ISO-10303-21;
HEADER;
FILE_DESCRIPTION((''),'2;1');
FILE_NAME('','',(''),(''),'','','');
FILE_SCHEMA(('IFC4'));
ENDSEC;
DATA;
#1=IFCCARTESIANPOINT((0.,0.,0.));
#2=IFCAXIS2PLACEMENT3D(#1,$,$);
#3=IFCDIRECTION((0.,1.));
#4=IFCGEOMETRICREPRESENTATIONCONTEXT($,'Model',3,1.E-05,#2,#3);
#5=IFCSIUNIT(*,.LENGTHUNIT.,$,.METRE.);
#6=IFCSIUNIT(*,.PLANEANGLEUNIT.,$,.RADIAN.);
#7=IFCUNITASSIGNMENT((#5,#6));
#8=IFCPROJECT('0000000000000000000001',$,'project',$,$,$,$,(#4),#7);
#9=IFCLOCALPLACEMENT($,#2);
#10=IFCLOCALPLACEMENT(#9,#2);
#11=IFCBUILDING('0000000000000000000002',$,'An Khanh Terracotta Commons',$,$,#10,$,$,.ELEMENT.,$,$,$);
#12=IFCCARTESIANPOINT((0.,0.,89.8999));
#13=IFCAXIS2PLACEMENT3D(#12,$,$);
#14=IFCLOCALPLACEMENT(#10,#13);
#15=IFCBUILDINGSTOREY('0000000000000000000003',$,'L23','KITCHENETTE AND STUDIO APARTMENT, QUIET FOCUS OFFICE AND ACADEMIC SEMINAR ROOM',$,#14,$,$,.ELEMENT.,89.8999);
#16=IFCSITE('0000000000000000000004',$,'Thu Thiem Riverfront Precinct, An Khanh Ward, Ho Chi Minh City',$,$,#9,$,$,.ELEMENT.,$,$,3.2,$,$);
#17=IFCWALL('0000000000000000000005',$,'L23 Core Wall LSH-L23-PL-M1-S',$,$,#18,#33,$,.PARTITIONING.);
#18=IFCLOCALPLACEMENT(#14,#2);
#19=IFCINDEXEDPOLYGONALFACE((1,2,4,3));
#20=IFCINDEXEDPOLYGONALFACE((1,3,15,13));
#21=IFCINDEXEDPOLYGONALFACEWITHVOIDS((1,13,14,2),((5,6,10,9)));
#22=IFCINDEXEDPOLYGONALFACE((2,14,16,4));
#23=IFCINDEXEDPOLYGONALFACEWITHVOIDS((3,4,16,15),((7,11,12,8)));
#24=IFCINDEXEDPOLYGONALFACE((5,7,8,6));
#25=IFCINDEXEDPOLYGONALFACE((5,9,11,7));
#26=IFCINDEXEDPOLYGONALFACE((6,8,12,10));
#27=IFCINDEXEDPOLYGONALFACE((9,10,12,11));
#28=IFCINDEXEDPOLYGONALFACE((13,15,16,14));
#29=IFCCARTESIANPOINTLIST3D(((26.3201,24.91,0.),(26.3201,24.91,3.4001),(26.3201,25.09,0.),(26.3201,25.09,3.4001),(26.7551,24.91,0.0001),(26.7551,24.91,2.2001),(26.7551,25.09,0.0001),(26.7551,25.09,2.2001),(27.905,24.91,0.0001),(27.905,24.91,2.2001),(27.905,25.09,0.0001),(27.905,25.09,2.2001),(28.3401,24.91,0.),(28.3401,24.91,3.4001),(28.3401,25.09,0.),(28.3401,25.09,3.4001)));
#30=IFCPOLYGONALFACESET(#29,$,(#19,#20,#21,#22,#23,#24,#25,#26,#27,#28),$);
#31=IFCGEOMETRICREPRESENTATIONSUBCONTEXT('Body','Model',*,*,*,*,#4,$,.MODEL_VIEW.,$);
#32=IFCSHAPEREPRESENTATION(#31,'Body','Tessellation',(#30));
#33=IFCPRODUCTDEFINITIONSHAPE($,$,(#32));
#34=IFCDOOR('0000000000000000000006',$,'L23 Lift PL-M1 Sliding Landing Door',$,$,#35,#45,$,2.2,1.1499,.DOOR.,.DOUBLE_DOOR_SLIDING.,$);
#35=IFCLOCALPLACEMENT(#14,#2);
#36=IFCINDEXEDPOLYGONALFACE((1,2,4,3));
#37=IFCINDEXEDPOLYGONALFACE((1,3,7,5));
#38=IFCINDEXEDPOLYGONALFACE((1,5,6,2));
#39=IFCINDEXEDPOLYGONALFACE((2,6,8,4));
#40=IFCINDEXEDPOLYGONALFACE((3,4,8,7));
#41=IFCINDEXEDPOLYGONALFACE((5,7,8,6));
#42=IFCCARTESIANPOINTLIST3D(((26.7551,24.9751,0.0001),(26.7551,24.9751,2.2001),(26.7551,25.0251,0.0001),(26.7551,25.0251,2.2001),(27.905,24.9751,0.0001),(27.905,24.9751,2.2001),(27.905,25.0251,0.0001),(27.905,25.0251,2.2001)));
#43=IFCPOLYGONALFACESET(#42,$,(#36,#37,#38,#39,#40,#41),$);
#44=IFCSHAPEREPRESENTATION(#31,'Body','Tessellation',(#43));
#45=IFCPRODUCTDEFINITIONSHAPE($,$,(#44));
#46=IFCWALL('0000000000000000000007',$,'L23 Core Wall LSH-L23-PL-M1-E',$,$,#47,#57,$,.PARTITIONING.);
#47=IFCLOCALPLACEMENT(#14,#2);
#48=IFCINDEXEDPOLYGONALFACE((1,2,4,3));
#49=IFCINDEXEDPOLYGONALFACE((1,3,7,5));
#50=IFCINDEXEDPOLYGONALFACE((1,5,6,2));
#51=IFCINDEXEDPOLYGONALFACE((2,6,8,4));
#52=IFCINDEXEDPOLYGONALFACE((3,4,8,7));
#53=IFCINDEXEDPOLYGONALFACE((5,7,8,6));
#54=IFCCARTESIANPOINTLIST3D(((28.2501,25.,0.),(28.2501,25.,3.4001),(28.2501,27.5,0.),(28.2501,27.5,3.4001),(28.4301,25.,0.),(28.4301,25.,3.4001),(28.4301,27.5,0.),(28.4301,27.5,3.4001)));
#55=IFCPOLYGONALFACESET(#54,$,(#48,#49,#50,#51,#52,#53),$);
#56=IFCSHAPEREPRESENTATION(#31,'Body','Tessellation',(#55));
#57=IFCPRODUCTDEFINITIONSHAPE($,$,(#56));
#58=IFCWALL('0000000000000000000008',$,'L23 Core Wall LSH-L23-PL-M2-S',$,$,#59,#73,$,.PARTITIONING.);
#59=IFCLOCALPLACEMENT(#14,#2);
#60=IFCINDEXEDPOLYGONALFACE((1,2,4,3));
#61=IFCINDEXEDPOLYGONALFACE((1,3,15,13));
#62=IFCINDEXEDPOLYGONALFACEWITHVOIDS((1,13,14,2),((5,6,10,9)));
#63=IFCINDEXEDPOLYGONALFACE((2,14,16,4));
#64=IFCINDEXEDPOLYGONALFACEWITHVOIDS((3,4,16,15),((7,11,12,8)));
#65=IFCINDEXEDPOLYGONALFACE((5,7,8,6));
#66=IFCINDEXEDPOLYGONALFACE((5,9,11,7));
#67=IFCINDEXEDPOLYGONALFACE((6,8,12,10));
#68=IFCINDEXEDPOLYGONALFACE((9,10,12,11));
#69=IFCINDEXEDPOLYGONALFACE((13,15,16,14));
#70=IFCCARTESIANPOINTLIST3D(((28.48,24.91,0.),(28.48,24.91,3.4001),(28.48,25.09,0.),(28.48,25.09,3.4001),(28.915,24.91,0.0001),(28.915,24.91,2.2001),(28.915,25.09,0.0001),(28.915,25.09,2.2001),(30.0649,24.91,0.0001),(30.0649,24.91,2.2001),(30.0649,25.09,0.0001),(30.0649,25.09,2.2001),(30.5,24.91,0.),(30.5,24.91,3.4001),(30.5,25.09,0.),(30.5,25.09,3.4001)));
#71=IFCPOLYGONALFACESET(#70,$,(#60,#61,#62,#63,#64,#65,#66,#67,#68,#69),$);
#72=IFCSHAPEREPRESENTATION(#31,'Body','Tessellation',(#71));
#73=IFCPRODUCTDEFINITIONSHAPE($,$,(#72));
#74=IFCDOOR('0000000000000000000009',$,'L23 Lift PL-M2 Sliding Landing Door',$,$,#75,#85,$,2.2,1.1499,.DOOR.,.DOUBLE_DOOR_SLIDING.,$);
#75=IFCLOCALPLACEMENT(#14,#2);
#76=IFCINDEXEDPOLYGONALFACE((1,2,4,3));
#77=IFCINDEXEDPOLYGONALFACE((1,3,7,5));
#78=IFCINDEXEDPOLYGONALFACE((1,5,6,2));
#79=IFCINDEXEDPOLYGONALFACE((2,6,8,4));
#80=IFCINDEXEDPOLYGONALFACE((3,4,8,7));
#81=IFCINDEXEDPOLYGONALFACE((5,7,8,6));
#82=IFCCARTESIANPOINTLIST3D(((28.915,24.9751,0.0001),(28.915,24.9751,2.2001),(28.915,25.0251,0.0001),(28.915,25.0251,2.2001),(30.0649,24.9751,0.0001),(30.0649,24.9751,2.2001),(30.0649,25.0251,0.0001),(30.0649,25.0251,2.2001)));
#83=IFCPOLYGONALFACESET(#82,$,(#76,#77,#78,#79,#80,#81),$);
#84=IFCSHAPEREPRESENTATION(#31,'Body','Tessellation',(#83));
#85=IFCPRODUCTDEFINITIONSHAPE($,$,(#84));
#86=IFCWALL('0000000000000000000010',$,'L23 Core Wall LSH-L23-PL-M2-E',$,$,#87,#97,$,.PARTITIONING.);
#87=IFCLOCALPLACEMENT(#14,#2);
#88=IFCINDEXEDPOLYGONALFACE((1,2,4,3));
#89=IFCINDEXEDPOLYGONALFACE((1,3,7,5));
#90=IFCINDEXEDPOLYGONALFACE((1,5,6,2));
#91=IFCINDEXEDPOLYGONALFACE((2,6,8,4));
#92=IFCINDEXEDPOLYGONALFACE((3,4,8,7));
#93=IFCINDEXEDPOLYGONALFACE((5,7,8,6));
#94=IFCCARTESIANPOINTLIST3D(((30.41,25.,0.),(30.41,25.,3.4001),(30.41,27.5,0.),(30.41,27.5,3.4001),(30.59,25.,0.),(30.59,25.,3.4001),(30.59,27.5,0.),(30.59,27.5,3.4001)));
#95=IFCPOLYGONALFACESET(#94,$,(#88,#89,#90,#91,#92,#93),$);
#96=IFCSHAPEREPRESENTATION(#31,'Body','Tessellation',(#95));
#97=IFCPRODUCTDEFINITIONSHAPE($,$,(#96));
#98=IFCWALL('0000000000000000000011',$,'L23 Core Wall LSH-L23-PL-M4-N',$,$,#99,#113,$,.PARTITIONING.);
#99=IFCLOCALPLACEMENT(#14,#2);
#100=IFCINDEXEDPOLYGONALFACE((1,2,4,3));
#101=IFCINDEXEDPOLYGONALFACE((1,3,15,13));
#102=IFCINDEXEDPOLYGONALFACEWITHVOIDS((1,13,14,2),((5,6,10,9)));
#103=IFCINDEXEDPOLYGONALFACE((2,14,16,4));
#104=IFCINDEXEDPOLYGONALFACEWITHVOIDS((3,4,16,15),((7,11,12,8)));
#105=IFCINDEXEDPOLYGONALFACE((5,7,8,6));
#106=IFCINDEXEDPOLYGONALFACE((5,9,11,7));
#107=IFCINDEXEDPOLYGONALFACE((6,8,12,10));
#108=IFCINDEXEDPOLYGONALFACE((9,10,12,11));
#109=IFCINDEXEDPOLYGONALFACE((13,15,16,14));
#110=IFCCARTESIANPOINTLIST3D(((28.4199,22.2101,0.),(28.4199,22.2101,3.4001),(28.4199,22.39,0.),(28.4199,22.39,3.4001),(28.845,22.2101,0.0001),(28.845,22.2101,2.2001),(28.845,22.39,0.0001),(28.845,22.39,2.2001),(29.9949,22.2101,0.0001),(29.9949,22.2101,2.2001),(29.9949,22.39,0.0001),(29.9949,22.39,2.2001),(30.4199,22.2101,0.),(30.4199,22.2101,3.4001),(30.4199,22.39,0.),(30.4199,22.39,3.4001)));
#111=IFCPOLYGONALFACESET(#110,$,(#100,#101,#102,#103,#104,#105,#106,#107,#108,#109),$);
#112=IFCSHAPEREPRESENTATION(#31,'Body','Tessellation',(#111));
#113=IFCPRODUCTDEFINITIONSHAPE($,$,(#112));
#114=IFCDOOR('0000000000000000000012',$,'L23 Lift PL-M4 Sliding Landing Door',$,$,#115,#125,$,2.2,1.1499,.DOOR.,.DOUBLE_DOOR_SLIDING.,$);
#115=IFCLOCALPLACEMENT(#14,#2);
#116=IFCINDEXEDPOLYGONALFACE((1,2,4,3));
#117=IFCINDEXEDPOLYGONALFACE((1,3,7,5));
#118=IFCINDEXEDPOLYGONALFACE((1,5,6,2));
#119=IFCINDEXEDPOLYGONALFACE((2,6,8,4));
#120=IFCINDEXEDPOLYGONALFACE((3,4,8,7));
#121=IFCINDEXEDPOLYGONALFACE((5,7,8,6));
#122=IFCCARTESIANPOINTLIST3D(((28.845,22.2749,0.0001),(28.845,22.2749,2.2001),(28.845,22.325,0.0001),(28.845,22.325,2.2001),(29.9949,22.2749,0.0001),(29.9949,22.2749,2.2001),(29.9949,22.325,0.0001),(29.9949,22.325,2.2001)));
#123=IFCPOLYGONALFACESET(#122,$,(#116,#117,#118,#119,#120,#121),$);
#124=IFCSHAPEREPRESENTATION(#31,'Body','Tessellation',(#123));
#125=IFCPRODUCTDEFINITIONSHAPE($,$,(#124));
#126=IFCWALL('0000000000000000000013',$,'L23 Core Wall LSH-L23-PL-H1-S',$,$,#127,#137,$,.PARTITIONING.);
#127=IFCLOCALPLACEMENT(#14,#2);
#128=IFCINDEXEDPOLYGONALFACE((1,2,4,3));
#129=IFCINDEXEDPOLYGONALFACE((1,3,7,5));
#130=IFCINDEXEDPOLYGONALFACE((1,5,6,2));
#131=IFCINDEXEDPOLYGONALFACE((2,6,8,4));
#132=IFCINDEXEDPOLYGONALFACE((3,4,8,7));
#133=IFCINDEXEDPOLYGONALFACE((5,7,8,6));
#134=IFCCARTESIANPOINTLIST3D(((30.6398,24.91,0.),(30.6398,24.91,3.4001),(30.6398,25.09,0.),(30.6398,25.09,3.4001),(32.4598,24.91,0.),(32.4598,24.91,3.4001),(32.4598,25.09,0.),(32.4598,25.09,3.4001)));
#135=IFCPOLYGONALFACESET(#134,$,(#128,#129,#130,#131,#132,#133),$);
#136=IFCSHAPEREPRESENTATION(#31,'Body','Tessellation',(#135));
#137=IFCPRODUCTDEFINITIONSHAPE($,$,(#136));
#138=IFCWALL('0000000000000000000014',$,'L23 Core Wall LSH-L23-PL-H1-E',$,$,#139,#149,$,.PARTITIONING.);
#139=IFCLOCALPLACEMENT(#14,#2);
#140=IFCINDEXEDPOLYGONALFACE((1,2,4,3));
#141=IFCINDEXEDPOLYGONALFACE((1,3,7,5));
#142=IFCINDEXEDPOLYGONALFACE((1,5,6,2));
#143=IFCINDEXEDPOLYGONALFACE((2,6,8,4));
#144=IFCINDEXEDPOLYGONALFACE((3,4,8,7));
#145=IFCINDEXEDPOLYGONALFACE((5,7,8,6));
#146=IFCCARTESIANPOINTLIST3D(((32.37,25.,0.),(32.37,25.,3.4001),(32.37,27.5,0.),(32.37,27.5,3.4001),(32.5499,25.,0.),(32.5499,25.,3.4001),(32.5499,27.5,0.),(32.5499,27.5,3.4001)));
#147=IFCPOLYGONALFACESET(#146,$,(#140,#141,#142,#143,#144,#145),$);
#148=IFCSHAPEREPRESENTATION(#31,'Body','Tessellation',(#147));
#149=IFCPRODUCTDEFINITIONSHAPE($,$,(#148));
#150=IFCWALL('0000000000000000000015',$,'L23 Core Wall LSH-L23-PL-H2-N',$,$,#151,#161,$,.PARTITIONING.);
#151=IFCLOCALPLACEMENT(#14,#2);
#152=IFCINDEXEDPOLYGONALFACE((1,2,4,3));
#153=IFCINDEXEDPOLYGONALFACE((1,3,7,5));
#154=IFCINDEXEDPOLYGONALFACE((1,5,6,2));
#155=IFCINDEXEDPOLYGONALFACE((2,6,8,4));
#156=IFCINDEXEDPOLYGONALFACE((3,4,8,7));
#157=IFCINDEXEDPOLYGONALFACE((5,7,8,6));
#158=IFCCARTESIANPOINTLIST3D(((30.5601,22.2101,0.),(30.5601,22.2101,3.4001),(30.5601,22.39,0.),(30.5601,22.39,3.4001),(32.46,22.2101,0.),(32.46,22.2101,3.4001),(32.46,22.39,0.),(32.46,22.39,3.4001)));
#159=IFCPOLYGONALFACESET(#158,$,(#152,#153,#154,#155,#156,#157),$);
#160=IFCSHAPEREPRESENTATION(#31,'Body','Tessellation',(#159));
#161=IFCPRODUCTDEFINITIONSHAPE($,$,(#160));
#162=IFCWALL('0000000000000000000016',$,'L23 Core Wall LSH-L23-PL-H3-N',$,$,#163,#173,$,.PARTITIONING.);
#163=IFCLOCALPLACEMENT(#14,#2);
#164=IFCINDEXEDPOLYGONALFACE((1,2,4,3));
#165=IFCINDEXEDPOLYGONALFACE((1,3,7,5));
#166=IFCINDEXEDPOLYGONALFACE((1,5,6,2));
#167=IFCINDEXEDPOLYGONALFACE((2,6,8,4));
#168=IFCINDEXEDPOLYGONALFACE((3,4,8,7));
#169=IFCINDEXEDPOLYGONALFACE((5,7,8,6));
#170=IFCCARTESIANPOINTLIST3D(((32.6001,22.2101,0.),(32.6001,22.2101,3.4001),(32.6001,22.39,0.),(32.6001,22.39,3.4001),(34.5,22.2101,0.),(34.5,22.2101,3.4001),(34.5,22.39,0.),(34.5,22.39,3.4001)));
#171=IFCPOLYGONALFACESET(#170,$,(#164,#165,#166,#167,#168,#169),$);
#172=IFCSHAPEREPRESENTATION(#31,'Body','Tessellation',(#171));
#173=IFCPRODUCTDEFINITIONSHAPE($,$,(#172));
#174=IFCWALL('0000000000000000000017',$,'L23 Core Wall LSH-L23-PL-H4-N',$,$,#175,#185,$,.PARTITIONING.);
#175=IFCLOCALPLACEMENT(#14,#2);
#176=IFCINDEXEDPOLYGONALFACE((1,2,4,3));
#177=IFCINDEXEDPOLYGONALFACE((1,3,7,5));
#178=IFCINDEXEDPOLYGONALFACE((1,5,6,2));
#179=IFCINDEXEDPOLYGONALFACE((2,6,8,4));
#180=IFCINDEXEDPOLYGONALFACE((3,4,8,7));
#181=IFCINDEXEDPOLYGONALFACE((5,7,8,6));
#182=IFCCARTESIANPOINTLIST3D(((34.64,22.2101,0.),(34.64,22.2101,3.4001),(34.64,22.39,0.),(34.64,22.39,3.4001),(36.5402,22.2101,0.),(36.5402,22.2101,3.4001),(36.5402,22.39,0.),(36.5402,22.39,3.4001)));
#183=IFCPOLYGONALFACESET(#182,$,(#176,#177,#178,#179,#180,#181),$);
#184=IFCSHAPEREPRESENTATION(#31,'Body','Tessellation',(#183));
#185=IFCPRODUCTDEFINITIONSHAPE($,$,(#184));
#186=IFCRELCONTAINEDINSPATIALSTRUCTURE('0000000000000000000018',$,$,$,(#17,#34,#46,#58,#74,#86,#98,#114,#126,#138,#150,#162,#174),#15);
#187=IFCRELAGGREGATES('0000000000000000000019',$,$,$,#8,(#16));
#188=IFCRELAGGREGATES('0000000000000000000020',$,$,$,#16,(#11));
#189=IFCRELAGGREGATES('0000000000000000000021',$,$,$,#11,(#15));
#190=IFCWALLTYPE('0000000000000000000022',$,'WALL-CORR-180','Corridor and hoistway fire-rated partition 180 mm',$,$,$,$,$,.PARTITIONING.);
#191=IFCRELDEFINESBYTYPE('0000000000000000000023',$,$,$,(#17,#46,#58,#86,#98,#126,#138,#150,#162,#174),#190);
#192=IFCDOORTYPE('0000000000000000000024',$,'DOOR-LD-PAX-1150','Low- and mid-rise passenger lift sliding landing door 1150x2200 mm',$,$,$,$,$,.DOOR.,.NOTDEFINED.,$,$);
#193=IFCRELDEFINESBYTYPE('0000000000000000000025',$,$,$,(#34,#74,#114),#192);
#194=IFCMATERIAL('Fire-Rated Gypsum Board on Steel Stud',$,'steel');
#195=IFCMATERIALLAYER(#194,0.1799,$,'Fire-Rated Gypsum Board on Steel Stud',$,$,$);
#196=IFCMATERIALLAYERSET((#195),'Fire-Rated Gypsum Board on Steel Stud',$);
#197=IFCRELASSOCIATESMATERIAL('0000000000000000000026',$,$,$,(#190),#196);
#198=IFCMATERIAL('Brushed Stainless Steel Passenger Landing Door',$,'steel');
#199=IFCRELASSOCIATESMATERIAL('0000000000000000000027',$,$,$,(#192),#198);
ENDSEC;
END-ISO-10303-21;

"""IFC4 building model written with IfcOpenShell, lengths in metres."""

from ifc_helpers import new_model, si_unit, direction, frame, frame_2d, origin, place, context, subcontext, project, spatial, rectangle, extrude, material, layer, layer_set, type_object, element, fill, save


model = new_model("IFC4")

# Units and contexts
model_context = context("Model", 3, precision=1e-05, world=origin(), true_north=direction((0.0, 1.0)))
body_context = subcontext(model_context, "Body", "Model", "MODEL_VIEW")
ifc_project = project(units=[si_unit("LENGTHUNIT", "METRE"), si_unit("PLANEANGLEUNIT", "RADIAN")], contexts=[model_context])

# Site, building, storey
site_placement = place(None, origin())
site = spatial("IfcSite", under=ifc_project, at=site_placement, Name="Thu Thiem Riverfront Precinct, An Khanh Ward, Ho Chi Minh City", CompositionType="ELEMENT", RefElevation=3.2)
building_placement = place(site_placement, origin())
building = spatial("IfcBuilding", under=site, at=building_placement, Name="An Khanh Terracotta Commons", CompositionType="ELEMENT")
storey_placement = place(building_placement, frame((0.0, 0.0, 89.8999)))
storey = spatial("IfcBuildingStorey", under=building, at=storey_placement, Name="L23", Description="KITCHENETTE AND STUDIO APARTMENT, QUIET FOCUS OFFICE AND ACADEMIC SEMINAR ROOM", CompositionType="ELEMENT", Elevation=89.8999)

# Shared definitions
ifc_material_1 = material(Name="Fire-Rated Gypsum Board on Steel Stud", Category="steel")
ifc_layer = layer(ifc_material_1, 0.1799, Name="Fire-Rated Gypsum Board on Steel Stud")
ifc_layer_set = layer_set([ifc_layer], Name="Fire-Rated Gypsum Board on Steel Stud")
wall_type = type_object("IfcWallType", Name="WALL-CORR-180", Description="Corridor and hoistway fire-rated partition 180 mm", PredefinedType="PARTITIONING", material=ifc_layer_set)

# Wall, opening, door
wall_1_placement = place(storey_placement, frame((28.3401, 25.0, 0.0), z_axis=(0.0, 0.0, 1.0), x_axis=(-1.0, 0.0, 0.0)))
wall_1 = element("IfcWall", 1, at=wall_1_placement, inside=storey, type_object=wall_type, Name="L23 Core Wall LSH-L23-PL-M1-S", PredefinedType="PARTITIONING", context=body_context, shape_type="SweptSolid", body=[
    extrude(rectangle(XDim=2.02, YDim=0.1799, at=frame_2d((1.01, 0.0))), origin(), (0.0, 0.0, 1.0), 3.4001),
])
opening_1_placement = place(wall_1_placement, frame((0.4351, 0.0, 0.0)))
opening_1 = element("IfcOpeningElement", 2, at=opening_1_placement, cuts=wall_1, PredefinedType="OPENING", context=body_context, shape_type="SweptSolid", body=[
    extrude(rectangle(XDim=1.1499, YDim=2.2, at=frame_2d((0.575, 1.1001))), frame((0.0, 0.0999, 0.0), z_axis=(0.0, -1.0, 0.0), x_axis=(1.0, 0.0, 0.0)), (0.0, 0.0, 1.0), 0.2),
])
ifc_material_2 = material(Name="Brushed Stainless Steel Passenger Landing Door", Category="steel")
door_type_1 = type_object("IfcDoorType", Name="DOOR-LD-PAX-1150", Description="Low- and mid-rise passenger lift sliding landing door 1150x2200 mm", OperationType="NOTDEFINED", PredefinedType="DOOR", material=ifc_material_2)
door_1_placement = place(opening_1_placement, origin())
door_1 = element("IfcDoor", 3, at=door_1_placement, inside=storey, type_object=door_type_1, Name="L23 Lift PL-M1 Sliding Landing Door", OperationType="DOUBLE_DOOR_SLIDING", OverallHeight=2.2, OverallWidth=1.1499, PredefinedType="DOOR", context=body_context, shape_type="SweptSolid", body=[
    extrude(rectangle(XDim=1.1499, YDim=2.2, at=frame_2d((0.575, 1.1001))), frame((0.0, 0.0249, 0.0), z_axis=(0.0, -1.0, 0.0), x_axis=(1.0, 0.0, 0.0)), (0.0, 0.0, 1.0), 0.05),
])
fill(opening_1, door_1)

# Wall
wall_2_placement = place(storey_placement, frame((28.3401, 25.0, 0.0), z_axis=(0.0, 0.0, 1.0), x_axis=(0.0, 1.0, 0.0)))
element("IfcWall", 4, at=wall_2_placement, inside=storey, type_object=wall_type, Name="L23 Core Wall LSH-L23-PL-M1-E", PredefinedType="PARTITIONING", context=body_context, shape_type="SweptSolid", body=[
    extrude(rectangle(XDim=2.5, YDim=0.1799, at=frame_2d((1.25, 0.0))), origin(), (0.0, 0.0, 1.0), 3.4001),
])

# Wall, opening, door
wall_3_placement = place(storey_placement, frame((30.5, 25.0, 0.0), z_axis=(0.0, 0.0, 1.0), x_axis=(-1.0, 0.0, 0.0)))
wall_3 = element("IfcWall", 5, at=wall_3_placement, inside=storey, type_object=wall_type, Name="L23 Core Wall LSH-L23-PL-M2-S", PredefinedType="PARTITIONING", context=body_context, shape_type="SweptSolid", body=[
    extrude(rectangle(XDim=2.02, YDim=0.1799, at=frame_2d((1.01, 0.0))), origin(), (0.0, 0.0, 1.0), 3.4001),
])
opening_2_placement = place(wall_3_placement, frame((0.4351, 0.0, 0.0)))
opening_2 = element("IfcOpeningElement", 6, at=opening_2_placement, cuts=wall_3, PredefinedType="OPENING", context=body_context, shape_type="SweptSolid", body=[
    extrude(rectangle(XDim=1.1499, YDim=2.2, at=frame_2d((0.575, 1.1001))), frame((0.0, 0.0999, 0.0), z_axis=(0.0, -1.0, 0.0), x_axis=(1.0, 0.0, 0.0)), (0.0, 0.0, 1.0), 0.2),
])
door_2_placement = place(opening_2_placement, origin())
door_2 = element("IfcDoor", 7, at=door_2_placement, inside=storey, type_object=door_type_1, Name="L23 Lift PL-M2 Sliding Landing Door", OperationType="DOUBLE_DOOR_SLIDING", OverallHeight=2.2, OverallWidth=1.1499, PredefinedType="DOOR", context=body_context, shape_type="SweptSolid", body=[
    extrude(rectangle(XDim=1.1499, YDim=2.2, at=frame_2d((0.575, 1.1001))), frame((0.0, 0.0249, 0.0), z_axis=(0.0, -1.0, 0.0), x_axis=(1.0, 0.0, 0.0)), (0.0, 0.0, 1.0), 0.05),
])
fill(opening_2, door_2)

# Wall
wall_4_placement = place(storey_placement, frame((30.5, 25.0, 0.0), z_axis=(0.0, 0.0, 1.0), x_axis=(0.0, 1.0, 0.0)))
element("IfcWall", 8, at=wall_4_placement, inside=storey, type_object=wall_type, Name="L23 Core Wall LSH-L23-PL-M2-E", PredefinedType="PARTITIONING", context=body_context, shape_type="SweptSolid", body=[
    extrude(rectangle(XDim=2.5, YDim=0.1799, at=frame_2d((1.25, 0.0))), origin(), (0.0, 0.0, 1.0), 3.4001),
])

# Wall, opening, door
wall_5_placement = place(storey_placement, frame((28.4199, 22.3, 0.0), z_axis=(0.0, 0.0, 1.0), x_axis=(1.0, 0.0, 0.0)))
wall_5 = element("IfcWall", 9, at=wall_5_placement, inside=storey, type_object=wall_type, Name="L23 Core Wall LSH-L23-PL-M4-N", PredefinedType="PARTITIONING", context=body_context, shape_type="SweptSolid", body=[
    extrude(rectangle(XDim=2.0, YDim=0.1799, at=frame_2d((1.0, 0.0))), origin(), (0.0, 0.0, 1.0), 3.4001),
])
opening_3_placement = place(wall_5_placement, frame((0.425, 0.0, 0.0)))
opening_3 = element("IfcOpeningElement", 10, at=opening_3_placement, cuts=wall_5, PredefinedType="OPENING", context=body_context, shape_type="SweptSolid", body=[
    extrude(rectangle(XDim=1.1499, YDim=2.2, at=frame_2d((0.575, 1.1001))), frame((0.0, 0.0999, 0.0), z_axis=(0.0, -1.0, 0.0), x_axis=(1.0, 0.0, 0.0)), (0.0, 0.0, 1.0), 0.2),
])
door_3_placement = place(opening_3_placement, origin())
door_3 = element("IfcDoor", 11, at=door_3_placement, inside=storey, type_object=door_type_1, Name="L23 Lift PL-M4 Sliding Landing Door", OperationType="DOUBLE_DOOR_SLIDING", OverallHeight=2.2, OverallWidth=1.1499, PredefinedType="DOOR", context=body_context, shape_type="SweptSolid", body=[
    extrude(rectangle(XDim=1.1499, YDim=2.2, at=frame_2d((0.575, 1.1001))), frame((0.0, 0.0249, 0.0), z_axis=(0.0, -1.0, 0.0), x_axis=(1.0, 0.0, 0.0)), (0.0, 0.0, 1.0), 0.05),
])
fill(opening_3, door_3)

# Walls
wall_6_placement = place(storey_placement, frame((32.46, 25.0, 0.0), z_axis=(0.0, 0.0, 1.0), x_axis=(-1.0, 0.0, 0.0)))
element("IfcWall", 12, at=wall_6_placement, inside=storey, type_object=wall_type, Name="L23 Core Wall LSH-L23-PL-H1-S", PredefinedType="PARTITIONING", context=body_context, shape_type="SweptSolid", body=[
    extrude(rectangle(XDim=1.8201, YDim=0.1799, at=frame_2d((0.9102, 0.0))), origin(), (0.0, 0.0, 1.0), 3.4001),
])
wall_7_placement = place(storey_placement, frame((32.46, 25.0, 0.0), z_axis=(0.0, 0.0, 1.0), x_axis=(0.0, 1.0, 0.0)))
element("IfcWall", 13, at=wall_7_placement, inside=storey, type_object=wall_type, Name="L23 Core Wall LSH-L23-PL-H1-E", PredefinedType="PARTITIONING", context=body_context, shape_type="SweptSolid", body=[
    extrude(rectangle(XDim=2.5, YDim=0.1799, at=frame_2d((1.25, 0.0))), origin(), (0.0, 0.0, 1.0), 3.4001),
])
for number, where, z_axis, x_axis, name in (
    (14, (30.5601, 22.3, 0.0), (0.0, 0.0, 1.0), (1.0, 0.0, 0.0), "L23 Core Wall LSH-L23-PL-H2-N"),
    (15, (32.6001, 22.3, 0.0), (0.0, 0.0, 1.0), (1.0, 0.0, 0.0), "L23 Core Wall LSH-L23-PL-H3-N"),
):
    element("IfcWall", number, at=place(storey_placement, frame(where, z_axis=z_axis, x_axis=x_axis)), inside=storey, type_object=wall_type, Name=name, PredefinedType="PARTITIONING", context=body_context, shape_type="SweptSolid", body=[
        extrude(rectangle(XDim=1.8999, YDim=0.1799, at=frame_2d((0.95, 0.0))), origin(), (0.0, 0.0, 1.0), 3.4001),
    ])
wall_8_placement = place(storey_placement, frame((34.6399, 22.3, 0.0), z_axis=(0.0, 0.0, 1.0), x_axis=(1.0, 0.0, 0.0)))
element("IfcWall", 16, at=wall_8_placement, inside=storey, type_object=wall_type, Name="L23 Core Wall LSH-L23-PL-H4-N", PredefinedType="PARTITIONING", context=body_context, shape_type="SweptSolid", body=[
    extrude(rectangle(XDim=1.9001, YDim=0.1799, at=frame_2d((0.9502, 0.0))), origin(), (0.0, 0.0, 1.0), 3.4001),
])

save(model, "model.ifc")
